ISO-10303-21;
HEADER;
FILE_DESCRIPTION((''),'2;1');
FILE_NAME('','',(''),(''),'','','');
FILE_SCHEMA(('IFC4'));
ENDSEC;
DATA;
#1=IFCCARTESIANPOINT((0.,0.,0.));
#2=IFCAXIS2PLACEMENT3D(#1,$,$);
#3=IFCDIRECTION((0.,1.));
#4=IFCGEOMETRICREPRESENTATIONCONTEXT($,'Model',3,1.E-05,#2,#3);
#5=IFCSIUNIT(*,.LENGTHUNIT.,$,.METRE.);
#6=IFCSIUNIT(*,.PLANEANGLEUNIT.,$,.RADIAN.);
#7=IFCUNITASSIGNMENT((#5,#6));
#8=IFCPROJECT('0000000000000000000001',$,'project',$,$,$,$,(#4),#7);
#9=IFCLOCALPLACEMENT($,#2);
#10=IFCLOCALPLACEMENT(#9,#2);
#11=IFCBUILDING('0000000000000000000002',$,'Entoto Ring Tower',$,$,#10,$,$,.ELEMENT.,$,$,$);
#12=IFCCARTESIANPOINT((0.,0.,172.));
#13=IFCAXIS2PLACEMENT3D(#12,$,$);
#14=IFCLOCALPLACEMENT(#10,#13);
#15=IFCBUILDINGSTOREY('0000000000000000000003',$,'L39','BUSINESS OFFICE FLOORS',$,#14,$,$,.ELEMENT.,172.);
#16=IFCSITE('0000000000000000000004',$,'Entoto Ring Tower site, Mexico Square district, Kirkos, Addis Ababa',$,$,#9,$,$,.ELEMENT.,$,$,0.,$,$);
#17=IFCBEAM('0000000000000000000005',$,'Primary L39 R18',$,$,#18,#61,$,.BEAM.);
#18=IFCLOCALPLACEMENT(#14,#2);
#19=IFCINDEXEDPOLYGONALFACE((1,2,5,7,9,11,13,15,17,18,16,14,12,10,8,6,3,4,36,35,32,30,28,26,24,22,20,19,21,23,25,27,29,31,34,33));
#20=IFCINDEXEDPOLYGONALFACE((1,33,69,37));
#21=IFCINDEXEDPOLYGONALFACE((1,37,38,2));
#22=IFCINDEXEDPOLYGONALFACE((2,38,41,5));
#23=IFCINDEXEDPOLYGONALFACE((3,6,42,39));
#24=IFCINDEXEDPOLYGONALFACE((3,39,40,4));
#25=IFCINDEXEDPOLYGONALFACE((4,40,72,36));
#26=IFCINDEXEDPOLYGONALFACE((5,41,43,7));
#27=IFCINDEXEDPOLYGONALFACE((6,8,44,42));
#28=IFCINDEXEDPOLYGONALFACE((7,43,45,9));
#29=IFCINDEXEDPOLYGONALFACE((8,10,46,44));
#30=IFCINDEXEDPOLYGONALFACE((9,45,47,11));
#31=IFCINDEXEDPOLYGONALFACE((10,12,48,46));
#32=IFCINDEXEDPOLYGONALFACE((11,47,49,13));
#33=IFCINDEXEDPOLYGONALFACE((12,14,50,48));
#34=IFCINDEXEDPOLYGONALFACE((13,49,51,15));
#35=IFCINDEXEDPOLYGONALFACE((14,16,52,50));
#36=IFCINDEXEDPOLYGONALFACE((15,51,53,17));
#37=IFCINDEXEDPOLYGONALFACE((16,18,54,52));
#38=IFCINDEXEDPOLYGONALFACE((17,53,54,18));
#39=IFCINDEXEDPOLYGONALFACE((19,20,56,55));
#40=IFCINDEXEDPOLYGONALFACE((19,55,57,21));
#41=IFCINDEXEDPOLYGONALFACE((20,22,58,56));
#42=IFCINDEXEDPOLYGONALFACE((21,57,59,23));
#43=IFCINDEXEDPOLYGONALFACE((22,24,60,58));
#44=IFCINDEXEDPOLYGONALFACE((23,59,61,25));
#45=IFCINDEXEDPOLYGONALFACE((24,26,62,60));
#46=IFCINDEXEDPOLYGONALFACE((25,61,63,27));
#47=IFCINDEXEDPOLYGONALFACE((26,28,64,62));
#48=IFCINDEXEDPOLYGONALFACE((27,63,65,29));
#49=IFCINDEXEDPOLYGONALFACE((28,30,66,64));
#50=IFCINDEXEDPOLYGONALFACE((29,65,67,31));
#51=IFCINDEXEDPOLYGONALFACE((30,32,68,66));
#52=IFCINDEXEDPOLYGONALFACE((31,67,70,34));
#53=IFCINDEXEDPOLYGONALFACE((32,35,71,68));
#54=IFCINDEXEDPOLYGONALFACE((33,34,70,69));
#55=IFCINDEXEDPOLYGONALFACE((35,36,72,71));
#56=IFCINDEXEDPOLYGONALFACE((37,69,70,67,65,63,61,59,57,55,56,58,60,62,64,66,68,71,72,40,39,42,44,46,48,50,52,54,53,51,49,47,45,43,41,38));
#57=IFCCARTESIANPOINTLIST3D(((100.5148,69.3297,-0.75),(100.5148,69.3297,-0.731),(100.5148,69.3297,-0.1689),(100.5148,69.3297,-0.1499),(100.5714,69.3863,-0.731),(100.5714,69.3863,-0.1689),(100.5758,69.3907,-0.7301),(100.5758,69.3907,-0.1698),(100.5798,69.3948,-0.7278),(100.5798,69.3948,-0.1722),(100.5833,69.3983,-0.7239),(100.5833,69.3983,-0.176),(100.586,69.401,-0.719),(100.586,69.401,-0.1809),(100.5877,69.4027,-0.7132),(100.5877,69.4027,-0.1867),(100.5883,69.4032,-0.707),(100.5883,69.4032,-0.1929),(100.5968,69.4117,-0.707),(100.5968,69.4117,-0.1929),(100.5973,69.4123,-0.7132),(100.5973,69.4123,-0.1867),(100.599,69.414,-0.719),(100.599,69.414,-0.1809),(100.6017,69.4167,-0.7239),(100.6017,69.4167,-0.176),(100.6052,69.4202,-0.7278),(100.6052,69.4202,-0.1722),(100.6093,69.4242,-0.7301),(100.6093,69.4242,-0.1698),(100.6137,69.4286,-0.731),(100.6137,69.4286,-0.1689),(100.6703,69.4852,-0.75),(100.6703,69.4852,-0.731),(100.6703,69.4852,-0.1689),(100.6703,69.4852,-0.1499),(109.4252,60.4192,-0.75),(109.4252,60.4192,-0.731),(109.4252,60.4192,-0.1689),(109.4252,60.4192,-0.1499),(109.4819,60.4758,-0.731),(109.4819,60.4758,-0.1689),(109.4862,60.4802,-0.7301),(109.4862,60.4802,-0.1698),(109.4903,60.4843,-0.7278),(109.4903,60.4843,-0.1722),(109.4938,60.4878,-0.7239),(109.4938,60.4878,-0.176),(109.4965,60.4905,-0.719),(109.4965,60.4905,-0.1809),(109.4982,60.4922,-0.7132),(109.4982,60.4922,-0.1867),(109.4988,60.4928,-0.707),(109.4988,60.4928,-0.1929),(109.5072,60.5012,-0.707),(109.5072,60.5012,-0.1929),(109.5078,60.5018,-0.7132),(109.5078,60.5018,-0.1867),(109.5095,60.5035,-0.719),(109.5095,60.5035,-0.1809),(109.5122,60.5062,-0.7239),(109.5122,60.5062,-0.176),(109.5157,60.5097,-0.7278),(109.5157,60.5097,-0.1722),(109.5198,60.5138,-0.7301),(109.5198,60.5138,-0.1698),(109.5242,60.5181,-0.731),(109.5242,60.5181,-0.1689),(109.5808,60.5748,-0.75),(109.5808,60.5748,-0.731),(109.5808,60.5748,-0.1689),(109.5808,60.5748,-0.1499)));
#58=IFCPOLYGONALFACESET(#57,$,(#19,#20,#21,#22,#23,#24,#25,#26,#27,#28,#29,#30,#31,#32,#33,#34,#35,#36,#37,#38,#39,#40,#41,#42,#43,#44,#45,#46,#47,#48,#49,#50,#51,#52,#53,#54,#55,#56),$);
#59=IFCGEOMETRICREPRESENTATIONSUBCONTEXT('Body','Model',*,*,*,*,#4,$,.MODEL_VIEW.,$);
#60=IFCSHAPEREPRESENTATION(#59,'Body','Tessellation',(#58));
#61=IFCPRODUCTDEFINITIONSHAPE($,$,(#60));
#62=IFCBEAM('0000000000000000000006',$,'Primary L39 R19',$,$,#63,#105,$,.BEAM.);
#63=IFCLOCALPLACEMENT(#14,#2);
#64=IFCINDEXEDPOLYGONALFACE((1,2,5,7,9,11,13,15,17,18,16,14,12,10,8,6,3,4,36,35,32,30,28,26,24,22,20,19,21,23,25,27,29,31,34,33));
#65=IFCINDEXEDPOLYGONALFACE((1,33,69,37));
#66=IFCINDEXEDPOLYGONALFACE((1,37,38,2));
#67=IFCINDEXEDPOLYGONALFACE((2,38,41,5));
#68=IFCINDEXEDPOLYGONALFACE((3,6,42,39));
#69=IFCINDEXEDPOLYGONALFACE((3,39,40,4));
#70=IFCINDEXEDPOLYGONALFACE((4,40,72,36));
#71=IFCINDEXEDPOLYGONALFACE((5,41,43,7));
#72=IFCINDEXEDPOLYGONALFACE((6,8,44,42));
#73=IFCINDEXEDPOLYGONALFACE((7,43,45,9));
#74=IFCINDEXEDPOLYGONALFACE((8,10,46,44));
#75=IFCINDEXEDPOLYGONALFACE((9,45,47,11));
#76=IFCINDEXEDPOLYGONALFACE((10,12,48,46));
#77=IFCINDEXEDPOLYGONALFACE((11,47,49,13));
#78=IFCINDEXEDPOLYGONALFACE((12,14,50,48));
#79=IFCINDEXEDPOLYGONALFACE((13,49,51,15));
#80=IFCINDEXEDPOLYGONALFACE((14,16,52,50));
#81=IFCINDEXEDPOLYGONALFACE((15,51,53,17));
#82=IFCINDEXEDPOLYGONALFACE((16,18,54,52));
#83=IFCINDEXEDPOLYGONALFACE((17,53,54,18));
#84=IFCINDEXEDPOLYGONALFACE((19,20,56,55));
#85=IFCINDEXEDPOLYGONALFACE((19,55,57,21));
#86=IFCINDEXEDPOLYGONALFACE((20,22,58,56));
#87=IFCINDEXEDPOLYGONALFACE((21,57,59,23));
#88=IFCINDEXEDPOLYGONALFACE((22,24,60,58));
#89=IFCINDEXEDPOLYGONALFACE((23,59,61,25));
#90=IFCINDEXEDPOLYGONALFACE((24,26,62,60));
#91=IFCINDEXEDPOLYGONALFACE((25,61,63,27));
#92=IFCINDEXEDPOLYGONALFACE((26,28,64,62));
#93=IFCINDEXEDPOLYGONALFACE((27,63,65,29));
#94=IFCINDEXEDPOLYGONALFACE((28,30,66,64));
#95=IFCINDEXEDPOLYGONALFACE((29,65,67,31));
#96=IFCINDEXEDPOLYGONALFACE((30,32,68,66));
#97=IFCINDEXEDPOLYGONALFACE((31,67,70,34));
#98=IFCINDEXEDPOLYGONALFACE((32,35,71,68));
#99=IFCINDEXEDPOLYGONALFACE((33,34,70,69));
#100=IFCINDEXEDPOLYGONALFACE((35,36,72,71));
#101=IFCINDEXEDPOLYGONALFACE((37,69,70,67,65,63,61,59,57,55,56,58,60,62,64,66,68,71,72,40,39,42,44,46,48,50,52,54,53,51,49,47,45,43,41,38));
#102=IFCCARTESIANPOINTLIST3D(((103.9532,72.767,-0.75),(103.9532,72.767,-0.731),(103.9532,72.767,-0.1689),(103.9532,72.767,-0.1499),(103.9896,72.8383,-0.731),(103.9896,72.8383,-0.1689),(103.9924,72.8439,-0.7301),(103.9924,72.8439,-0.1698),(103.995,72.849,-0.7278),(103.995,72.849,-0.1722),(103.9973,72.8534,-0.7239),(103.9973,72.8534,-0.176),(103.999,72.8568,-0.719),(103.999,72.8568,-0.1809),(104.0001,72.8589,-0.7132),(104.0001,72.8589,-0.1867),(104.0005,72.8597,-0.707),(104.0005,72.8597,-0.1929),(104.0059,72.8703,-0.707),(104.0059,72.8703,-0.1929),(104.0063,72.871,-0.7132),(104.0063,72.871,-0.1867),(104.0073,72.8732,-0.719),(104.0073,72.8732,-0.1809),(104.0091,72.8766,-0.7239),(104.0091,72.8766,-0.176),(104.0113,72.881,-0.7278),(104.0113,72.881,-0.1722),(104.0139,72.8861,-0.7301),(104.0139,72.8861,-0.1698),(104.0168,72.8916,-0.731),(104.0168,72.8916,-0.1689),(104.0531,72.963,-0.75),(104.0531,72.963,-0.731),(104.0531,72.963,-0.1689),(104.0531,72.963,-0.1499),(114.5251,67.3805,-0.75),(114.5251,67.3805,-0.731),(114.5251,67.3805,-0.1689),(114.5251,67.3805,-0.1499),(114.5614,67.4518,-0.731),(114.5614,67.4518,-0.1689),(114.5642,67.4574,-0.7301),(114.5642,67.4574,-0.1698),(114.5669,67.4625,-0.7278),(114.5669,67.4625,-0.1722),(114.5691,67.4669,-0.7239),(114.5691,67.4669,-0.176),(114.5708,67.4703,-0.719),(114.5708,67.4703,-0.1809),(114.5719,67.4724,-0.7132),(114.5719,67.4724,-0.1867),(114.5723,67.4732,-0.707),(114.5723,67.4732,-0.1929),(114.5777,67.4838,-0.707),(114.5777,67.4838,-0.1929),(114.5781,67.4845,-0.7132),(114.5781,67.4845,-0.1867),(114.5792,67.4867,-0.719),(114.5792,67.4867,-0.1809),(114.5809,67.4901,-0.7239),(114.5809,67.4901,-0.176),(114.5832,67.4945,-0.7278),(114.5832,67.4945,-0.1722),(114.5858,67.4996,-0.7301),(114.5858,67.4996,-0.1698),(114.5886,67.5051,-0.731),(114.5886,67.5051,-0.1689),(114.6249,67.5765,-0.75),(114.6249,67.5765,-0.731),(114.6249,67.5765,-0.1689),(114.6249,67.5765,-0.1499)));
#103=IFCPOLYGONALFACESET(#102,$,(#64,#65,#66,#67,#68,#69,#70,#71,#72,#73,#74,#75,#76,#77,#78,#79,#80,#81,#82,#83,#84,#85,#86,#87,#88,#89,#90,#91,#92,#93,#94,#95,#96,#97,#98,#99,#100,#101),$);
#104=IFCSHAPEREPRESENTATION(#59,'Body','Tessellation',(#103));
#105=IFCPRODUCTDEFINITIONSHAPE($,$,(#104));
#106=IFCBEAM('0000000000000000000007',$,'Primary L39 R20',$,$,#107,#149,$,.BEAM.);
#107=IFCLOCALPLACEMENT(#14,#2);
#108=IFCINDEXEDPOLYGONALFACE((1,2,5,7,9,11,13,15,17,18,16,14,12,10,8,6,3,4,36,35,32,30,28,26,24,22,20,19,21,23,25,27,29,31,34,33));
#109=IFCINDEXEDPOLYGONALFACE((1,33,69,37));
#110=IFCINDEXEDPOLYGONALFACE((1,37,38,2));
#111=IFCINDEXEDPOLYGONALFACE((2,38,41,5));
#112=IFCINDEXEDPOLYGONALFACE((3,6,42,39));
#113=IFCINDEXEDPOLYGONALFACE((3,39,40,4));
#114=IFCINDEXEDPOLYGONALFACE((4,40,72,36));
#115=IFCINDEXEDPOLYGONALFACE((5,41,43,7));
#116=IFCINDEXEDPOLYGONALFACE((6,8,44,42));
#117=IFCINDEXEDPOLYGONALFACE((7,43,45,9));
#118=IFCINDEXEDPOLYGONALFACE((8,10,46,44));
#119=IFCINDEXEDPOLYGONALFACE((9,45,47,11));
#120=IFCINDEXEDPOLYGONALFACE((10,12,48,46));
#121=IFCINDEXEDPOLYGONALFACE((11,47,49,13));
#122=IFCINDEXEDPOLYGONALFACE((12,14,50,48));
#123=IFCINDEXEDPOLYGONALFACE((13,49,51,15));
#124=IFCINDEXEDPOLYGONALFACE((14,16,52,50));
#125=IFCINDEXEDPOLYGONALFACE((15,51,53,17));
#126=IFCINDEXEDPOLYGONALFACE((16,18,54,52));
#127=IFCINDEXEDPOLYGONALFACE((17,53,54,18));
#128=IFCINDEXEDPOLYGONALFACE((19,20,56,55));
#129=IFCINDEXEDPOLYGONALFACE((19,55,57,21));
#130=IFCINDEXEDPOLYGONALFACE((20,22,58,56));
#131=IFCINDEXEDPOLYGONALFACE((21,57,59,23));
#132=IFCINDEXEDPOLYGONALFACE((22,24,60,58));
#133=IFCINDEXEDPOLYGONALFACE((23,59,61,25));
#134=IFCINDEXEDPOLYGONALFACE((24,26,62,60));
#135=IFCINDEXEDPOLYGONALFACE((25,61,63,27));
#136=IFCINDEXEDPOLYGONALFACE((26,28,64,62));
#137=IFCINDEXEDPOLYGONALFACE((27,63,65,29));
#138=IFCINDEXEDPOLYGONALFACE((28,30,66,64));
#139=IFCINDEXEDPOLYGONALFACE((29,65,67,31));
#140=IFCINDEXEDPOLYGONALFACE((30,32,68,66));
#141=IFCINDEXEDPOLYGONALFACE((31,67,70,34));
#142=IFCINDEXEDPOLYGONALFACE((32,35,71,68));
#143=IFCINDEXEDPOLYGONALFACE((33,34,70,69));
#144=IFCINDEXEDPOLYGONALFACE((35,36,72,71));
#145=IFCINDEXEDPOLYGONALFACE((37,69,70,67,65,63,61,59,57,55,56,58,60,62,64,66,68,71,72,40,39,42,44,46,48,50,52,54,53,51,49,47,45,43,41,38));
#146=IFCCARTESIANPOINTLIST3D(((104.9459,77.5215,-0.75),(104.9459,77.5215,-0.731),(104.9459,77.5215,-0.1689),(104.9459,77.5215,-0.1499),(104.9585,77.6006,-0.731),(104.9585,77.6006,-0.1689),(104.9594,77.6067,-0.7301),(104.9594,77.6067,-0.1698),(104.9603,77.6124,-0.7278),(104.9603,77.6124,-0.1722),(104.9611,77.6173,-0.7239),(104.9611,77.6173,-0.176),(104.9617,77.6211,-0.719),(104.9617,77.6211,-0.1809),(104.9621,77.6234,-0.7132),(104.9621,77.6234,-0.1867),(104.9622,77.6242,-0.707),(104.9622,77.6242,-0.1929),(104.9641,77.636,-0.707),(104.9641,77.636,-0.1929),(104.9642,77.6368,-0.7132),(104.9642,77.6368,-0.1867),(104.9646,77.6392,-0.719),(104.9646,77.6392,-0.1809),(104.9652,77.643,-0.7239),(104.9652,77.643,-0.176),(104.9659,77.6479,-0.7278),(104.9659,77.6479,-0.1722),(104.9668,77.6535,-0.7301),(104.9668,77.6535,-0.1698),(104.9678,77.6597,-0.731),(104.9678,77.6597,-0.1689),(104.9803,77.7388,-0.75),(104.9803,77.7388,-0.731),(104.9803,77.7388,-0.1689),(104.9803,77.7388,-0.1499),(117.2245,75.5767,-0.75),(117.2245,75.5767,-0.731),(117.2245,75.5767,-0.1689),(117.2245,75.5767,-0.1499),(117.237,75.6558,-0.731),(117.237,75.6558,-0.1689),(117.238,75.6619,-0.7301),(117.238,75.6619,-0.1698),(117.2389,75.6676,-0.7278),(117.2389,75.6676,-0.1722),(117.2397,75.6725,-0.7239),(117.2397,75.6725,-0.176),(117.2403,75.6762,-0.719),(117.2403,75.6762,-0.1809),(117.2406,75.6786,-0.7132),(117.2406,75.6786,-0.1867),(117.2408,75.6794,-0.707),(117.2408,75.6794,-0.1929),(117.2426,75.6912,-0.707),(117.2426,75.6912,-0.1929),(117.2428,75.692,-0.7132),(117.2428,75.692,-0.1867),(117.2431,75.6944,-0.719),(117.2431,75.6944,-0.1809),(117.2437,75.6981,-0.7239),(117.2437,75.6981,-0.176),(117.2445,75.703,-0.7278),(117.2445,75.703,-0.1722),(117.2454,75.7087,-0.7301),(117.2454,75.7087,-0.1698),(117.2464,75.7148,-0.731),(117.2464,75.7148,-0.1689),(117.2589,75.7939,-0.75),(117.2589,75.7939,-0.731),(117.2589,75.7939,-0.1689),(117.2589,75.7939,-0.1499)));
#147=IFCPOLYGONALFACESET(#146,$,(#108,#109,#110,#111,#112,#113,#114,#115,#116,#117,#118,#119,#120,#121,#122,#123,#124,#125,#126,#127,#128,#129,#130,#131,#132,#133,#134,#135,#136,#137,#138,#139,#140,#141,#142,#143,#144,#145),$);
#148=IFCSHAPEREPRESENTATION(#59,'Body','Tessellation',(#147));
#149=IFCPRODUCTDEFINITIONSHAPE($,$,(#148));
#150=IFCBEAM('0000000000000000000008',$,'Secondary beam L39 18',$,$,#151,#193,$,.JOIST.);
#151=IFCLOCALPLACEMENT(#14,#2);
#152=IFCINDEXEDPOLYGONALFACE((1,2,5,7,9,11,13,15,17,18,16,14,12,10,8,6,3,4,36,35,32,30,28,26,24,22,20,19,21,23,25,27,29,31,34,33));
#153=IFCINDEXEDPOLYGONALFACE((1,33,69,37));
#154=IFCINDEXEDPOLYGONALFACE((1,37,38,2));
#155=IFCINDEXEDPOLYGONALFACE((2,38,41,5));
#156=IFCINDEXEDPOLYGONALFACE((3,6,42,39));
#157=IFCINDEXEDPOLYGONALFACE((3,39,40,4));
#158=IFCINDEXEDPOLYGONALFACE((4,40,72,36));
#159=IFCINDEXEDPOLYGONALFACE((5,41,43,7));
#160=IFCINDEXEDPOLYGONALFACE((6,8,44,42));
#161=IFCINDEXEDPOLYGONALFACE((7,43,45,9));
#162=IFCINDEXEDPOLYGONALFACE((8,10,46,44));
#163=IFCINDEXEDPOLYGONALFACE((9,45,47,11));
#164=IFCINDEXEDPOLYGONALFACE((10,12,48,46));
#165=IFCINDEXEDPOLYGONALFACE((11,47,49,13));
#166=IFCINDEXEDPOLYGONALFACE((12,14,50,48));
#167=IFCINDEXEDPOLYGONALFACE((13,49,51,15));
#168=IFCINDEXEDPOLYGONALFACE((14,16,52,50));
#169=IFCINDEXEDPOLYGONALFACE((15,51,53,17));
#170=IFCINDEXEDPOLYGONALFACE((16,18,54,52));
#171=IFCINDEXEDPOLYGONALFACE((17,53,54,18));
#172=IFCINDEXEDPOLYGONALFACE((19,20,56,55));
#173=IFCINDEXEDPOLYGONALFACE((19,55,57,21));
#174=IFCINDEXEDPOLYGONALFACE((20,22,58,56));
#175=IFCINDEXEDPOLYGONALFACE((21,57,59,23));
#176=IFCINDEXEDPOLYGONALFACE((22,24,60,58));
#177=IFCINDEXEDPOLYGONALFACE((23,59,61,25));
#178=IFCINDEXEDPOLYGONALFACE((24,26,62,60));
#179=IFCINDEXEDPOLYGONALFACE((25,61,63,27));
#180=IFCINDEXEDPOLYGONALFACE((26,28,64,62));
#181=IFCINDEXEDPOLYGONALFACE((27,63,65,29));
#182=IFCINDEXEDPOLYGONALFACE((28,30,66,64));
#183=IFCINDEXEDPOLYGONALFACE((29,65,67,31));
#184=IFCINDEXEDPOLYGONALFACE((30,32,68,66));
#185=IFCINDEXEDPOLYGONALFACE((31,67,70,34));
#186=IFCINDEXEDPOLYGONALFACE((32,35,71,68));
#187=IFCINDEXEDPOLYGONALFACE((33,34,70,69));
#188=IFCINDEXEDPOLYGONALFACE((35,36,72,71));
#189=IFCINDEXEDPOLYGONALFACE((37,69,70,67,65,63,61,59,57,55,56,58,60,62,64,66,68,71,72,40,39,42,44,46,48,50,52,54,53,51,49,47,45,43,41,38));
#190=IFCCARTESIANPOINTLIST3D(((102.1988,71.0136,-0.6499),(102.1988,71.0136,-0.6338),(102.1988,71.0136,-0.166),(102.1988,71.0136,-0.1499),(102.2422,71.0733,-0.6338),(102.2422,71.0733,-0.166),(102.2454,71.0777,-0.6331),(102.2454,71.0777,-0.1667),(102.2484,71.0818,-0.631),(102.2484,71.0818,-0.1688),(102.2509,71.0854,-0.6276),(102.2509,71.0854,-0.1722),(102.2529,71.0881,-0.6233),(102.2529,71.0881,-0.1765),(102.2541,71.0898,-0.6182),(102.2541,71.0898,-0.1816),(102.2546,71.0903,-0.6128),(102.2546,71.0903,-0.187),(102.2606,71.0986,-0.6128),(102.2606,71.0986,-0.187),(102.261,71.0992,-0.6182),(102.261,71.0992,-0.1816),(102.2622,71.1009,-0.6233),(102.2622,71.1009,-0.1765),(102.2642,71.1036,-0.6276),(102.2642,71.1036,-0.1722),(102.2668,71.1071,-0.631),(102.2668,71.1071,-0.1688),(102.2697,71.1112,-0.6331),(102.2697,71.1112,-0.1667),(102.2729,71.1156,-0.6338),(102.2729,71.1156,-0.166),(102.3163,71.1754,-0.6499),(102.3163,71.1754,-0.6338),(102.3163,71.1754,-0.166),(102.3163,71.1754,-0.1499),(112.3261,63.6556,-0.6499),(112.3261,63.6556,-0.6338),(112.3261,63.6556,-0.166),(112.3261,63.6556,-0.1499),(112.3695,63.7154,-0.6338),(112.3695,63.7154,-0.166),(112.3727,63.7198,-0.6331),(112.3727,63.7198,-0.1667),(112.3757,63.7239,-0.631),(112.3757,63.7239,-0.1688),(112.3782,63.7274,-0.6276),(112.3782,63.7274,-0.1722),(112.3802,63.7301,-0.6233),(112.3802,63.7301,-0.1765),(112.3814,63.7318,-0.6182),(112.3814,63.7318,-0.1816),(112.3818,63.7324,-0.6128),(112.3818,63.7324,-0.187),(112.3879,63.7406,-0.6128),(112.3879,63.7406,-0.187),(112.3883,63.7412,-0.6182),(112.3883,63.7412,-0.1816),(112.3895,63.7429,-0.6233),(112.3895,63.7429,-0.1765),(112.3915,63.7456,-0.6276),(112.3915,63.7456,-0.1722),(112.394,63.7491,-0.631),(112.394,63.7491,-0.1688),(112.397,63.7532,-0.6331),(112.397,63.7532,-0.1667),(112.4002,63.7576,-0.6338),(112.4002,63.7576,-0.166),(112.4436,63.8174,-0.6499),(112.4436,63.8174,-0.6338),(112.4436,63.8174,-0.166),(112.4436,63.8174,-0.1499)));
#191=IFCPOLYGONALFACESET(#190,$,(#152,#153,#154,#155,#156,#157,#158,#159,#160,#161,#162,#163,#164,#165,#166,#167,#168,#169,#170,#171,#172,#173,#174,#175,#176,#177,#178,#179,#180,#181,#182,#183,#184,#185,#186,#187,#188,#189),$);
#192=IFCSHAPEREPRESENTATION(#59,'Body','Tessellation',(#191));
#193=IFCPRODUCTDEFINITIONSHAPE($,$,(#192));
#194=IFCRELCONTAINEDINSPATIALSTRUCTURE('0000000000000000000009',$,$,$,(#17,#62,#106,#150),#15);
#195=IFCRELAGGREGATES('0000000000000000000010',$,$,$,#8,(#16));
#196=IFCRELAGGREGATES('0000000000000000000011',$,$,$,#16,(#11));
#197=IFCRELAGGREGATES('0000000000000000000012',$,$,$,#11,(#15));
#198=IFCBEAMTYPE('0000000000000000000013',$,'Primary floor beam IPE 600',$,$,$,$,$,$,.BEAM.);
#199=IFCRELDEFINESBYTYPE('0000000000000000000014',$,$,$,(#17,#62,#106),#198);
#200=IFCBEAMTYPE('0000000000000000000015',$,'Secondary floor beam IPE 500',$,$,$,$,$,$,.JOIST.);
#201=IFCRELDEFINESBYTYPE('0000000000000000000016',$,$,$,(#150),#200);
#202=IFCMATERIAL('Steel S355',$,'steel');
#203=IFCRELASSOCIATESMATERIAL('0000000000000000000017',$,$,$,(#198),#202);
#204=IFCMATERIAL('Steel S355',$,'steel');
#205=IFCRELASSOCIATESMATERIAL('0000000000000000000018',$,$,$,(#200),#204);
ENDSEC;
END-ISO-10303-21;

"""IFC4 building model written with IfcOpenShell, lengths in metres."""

from ifc_helpers import new_model, si_unit, direction, frame, origin, origin_2d, place, context, subcontext, project, spatial, i_section, extrude, material, material_profile, profile_set, type_object, element, save


model = new_model("IFC4")

# Units and contexts
model_context = context("Model", 3, precision=1e-05, world=origin(), true_north=direction((0.0, 1.0)))
body_context = subcontext(model_context, "Body", "Model", "MODEL_VIEW")
ifc_project = project(units=[si_unit("LENGTHUNIT", "METRE"), si_unit("PLANEANGLEUNIT", "RADIAN")], contexts=[model_context])

# Site, building, storey
site_placement = place(None, origin())
site = spatial("IfcSite", under=ifc_project, at=site_placement, Name="Entoto Ring Tower site, Mexico Square district, Kirkos, Addis Ababa", CompositionType="ELEMENT", RefElevation=0.0)
building_placement = place(site_placement, origin())
building = spatial("IfcBuilding", under=site, at=building_placement, Name="Entoto Ring Tower", CompositionType="ELEMENT")
storey_placement = place(building_placement, frame((0.0, 0.0, 172.0)))
storey = spatial("IfcBuildingStorey", under=building, at=storey_placement, Name="L39", Description="BUSINESS OFFICE FLOORS", CompositionType="ELEMENT", Elevation=172.0)

# Beams
ifc_material_1 = material(Name="Steel S355", Category="steel")
ifc_material_profile_1 = material_profile(ifc_material_1, i_section(OverallWidth=0.22, OverallDepth=0.6001, WebThickness=0.012, FlangeThickness=0.019, FilletRadius=0.0239, at=origin_2d()), Name="IPE 600")
ifc_profile_set_1 = profile_set([ifc_material_profile_1], Name="Steel S355")
beam_type_1 = type_object("IfcBeamType", Name="Primary floor beam IPE 600", PredefinedType="BEAM", material=ifc_profile_set_1)
beam_1_placement = place(storey_placement, frame((100.5925, 69.4075, -0.45), z_axis=(0.707107, -0.707107, 0.0), x_axis=(0.707107, 0.707107, 0.0)))
element("IfcBeam", 1, at=beam_1_placement, inside=storey, type_object=beam_type_1, Name="Primary L39 R18", PredefinedType="BEAM", context=body_context, shape_type="SweptSolid", body=[
    extrude(i_section(OverallWidth=0.22, OverallDepth=0.6001, WebThickness=0.012, FlangeThickness=0.019, FilletRadius=0.0239, at=origin_2d()), origin(), (0.0, 0.0, 1.0), 12.6013),
])
beam_2_placement = place(storey_placement, frame((104.0032, 72.865, -0.45), z_axis=(0.89101, -0.453983, 0.0), x_axis=(0.453983, 0.89101, 0.0)))
element("IfcBeam", 2, at=beam_2_placement, inside=storey, type_object=beam_type_1, Name="Primary L39 R19", PredefinedType="BEAM", context=body_context, shape_type="SweptSolid", body=[
    extrude(i_section(OverallWidth=0.22, OverallDepth=0.6001, WebThickness=0.012, FlangeThickness=0.019, FilletRadius=0.0239, at=origin_2d()), origin(), (0.0, 0.0, 1.0), 11.865),
])
beam_3_placement = place(storey_placement, frame((104.9631, 77.6301, -0.45), z_axis=(0.987687, -0.156442, 0.0), x_axis=(0.156442, 0.987687, 0.0)))
element("IfcBeam", 3, at=beam_3_placement, inside=storey, type_object=beam_type_1, Name="Primary L39 R20", PredefinedType="BEAM", context=body_context, shape_type="SweptSolid", body=[
    extrude(i_section(OverallWidth=0.22, OverallDepth=0.6001, WebThickness=0.012, FlangeThickness=0.019, FilletRadius=0.0239, at=origin_2d()), origin(), (0.0, 0.0, 1.0), 12.4316),
])
ifc_material_2 = material(Name="Steel S355", Category="steel")
ifc_material_profile_2 = material_profile(ifc_material_2, i_section(OverallWidth=0.2, OverallDepth=0.5, WebThickness=0.0103, FlangeThickness=0.0161, FilletRadius=0.021, at=origin_2d()), Name="IPE 500")
ifc_profile_set_2 = profile_set([ifc_material_profile_2], Name="Steel S355")
beam_type_2 = type_object("IfcBeamType", Name="Secondary floor beam IPE 500", PredefinedType="JOIST", material=ifc_profile_set_2)
beam_4_placement = place(storey_placement, frame((102.2576, 71.0945, -0.3999), z_axis=(0.809014, -0.587789, 0.0), x_axis=(0.587789, 0.809014, 0.0)))
element("IfcBeam", 4, at=beam_4_placement, inside=storey, type_object=beam_type_2, Name="Secondary beam L39 18", PredefinedType="JOIST", context=body_context, shape_type="SweptSolid", body=[
    extrude(i_section(OverallWidth=0.2, OverallDepth=0.5, WebThickness=0.0103, FlangeThickness=0.0161, FilletRadius=0.021, at=origin_2d()), origin(), (0.0, 0.0, 1.0), 12.5181),
])

save(model, "model.ifc")
